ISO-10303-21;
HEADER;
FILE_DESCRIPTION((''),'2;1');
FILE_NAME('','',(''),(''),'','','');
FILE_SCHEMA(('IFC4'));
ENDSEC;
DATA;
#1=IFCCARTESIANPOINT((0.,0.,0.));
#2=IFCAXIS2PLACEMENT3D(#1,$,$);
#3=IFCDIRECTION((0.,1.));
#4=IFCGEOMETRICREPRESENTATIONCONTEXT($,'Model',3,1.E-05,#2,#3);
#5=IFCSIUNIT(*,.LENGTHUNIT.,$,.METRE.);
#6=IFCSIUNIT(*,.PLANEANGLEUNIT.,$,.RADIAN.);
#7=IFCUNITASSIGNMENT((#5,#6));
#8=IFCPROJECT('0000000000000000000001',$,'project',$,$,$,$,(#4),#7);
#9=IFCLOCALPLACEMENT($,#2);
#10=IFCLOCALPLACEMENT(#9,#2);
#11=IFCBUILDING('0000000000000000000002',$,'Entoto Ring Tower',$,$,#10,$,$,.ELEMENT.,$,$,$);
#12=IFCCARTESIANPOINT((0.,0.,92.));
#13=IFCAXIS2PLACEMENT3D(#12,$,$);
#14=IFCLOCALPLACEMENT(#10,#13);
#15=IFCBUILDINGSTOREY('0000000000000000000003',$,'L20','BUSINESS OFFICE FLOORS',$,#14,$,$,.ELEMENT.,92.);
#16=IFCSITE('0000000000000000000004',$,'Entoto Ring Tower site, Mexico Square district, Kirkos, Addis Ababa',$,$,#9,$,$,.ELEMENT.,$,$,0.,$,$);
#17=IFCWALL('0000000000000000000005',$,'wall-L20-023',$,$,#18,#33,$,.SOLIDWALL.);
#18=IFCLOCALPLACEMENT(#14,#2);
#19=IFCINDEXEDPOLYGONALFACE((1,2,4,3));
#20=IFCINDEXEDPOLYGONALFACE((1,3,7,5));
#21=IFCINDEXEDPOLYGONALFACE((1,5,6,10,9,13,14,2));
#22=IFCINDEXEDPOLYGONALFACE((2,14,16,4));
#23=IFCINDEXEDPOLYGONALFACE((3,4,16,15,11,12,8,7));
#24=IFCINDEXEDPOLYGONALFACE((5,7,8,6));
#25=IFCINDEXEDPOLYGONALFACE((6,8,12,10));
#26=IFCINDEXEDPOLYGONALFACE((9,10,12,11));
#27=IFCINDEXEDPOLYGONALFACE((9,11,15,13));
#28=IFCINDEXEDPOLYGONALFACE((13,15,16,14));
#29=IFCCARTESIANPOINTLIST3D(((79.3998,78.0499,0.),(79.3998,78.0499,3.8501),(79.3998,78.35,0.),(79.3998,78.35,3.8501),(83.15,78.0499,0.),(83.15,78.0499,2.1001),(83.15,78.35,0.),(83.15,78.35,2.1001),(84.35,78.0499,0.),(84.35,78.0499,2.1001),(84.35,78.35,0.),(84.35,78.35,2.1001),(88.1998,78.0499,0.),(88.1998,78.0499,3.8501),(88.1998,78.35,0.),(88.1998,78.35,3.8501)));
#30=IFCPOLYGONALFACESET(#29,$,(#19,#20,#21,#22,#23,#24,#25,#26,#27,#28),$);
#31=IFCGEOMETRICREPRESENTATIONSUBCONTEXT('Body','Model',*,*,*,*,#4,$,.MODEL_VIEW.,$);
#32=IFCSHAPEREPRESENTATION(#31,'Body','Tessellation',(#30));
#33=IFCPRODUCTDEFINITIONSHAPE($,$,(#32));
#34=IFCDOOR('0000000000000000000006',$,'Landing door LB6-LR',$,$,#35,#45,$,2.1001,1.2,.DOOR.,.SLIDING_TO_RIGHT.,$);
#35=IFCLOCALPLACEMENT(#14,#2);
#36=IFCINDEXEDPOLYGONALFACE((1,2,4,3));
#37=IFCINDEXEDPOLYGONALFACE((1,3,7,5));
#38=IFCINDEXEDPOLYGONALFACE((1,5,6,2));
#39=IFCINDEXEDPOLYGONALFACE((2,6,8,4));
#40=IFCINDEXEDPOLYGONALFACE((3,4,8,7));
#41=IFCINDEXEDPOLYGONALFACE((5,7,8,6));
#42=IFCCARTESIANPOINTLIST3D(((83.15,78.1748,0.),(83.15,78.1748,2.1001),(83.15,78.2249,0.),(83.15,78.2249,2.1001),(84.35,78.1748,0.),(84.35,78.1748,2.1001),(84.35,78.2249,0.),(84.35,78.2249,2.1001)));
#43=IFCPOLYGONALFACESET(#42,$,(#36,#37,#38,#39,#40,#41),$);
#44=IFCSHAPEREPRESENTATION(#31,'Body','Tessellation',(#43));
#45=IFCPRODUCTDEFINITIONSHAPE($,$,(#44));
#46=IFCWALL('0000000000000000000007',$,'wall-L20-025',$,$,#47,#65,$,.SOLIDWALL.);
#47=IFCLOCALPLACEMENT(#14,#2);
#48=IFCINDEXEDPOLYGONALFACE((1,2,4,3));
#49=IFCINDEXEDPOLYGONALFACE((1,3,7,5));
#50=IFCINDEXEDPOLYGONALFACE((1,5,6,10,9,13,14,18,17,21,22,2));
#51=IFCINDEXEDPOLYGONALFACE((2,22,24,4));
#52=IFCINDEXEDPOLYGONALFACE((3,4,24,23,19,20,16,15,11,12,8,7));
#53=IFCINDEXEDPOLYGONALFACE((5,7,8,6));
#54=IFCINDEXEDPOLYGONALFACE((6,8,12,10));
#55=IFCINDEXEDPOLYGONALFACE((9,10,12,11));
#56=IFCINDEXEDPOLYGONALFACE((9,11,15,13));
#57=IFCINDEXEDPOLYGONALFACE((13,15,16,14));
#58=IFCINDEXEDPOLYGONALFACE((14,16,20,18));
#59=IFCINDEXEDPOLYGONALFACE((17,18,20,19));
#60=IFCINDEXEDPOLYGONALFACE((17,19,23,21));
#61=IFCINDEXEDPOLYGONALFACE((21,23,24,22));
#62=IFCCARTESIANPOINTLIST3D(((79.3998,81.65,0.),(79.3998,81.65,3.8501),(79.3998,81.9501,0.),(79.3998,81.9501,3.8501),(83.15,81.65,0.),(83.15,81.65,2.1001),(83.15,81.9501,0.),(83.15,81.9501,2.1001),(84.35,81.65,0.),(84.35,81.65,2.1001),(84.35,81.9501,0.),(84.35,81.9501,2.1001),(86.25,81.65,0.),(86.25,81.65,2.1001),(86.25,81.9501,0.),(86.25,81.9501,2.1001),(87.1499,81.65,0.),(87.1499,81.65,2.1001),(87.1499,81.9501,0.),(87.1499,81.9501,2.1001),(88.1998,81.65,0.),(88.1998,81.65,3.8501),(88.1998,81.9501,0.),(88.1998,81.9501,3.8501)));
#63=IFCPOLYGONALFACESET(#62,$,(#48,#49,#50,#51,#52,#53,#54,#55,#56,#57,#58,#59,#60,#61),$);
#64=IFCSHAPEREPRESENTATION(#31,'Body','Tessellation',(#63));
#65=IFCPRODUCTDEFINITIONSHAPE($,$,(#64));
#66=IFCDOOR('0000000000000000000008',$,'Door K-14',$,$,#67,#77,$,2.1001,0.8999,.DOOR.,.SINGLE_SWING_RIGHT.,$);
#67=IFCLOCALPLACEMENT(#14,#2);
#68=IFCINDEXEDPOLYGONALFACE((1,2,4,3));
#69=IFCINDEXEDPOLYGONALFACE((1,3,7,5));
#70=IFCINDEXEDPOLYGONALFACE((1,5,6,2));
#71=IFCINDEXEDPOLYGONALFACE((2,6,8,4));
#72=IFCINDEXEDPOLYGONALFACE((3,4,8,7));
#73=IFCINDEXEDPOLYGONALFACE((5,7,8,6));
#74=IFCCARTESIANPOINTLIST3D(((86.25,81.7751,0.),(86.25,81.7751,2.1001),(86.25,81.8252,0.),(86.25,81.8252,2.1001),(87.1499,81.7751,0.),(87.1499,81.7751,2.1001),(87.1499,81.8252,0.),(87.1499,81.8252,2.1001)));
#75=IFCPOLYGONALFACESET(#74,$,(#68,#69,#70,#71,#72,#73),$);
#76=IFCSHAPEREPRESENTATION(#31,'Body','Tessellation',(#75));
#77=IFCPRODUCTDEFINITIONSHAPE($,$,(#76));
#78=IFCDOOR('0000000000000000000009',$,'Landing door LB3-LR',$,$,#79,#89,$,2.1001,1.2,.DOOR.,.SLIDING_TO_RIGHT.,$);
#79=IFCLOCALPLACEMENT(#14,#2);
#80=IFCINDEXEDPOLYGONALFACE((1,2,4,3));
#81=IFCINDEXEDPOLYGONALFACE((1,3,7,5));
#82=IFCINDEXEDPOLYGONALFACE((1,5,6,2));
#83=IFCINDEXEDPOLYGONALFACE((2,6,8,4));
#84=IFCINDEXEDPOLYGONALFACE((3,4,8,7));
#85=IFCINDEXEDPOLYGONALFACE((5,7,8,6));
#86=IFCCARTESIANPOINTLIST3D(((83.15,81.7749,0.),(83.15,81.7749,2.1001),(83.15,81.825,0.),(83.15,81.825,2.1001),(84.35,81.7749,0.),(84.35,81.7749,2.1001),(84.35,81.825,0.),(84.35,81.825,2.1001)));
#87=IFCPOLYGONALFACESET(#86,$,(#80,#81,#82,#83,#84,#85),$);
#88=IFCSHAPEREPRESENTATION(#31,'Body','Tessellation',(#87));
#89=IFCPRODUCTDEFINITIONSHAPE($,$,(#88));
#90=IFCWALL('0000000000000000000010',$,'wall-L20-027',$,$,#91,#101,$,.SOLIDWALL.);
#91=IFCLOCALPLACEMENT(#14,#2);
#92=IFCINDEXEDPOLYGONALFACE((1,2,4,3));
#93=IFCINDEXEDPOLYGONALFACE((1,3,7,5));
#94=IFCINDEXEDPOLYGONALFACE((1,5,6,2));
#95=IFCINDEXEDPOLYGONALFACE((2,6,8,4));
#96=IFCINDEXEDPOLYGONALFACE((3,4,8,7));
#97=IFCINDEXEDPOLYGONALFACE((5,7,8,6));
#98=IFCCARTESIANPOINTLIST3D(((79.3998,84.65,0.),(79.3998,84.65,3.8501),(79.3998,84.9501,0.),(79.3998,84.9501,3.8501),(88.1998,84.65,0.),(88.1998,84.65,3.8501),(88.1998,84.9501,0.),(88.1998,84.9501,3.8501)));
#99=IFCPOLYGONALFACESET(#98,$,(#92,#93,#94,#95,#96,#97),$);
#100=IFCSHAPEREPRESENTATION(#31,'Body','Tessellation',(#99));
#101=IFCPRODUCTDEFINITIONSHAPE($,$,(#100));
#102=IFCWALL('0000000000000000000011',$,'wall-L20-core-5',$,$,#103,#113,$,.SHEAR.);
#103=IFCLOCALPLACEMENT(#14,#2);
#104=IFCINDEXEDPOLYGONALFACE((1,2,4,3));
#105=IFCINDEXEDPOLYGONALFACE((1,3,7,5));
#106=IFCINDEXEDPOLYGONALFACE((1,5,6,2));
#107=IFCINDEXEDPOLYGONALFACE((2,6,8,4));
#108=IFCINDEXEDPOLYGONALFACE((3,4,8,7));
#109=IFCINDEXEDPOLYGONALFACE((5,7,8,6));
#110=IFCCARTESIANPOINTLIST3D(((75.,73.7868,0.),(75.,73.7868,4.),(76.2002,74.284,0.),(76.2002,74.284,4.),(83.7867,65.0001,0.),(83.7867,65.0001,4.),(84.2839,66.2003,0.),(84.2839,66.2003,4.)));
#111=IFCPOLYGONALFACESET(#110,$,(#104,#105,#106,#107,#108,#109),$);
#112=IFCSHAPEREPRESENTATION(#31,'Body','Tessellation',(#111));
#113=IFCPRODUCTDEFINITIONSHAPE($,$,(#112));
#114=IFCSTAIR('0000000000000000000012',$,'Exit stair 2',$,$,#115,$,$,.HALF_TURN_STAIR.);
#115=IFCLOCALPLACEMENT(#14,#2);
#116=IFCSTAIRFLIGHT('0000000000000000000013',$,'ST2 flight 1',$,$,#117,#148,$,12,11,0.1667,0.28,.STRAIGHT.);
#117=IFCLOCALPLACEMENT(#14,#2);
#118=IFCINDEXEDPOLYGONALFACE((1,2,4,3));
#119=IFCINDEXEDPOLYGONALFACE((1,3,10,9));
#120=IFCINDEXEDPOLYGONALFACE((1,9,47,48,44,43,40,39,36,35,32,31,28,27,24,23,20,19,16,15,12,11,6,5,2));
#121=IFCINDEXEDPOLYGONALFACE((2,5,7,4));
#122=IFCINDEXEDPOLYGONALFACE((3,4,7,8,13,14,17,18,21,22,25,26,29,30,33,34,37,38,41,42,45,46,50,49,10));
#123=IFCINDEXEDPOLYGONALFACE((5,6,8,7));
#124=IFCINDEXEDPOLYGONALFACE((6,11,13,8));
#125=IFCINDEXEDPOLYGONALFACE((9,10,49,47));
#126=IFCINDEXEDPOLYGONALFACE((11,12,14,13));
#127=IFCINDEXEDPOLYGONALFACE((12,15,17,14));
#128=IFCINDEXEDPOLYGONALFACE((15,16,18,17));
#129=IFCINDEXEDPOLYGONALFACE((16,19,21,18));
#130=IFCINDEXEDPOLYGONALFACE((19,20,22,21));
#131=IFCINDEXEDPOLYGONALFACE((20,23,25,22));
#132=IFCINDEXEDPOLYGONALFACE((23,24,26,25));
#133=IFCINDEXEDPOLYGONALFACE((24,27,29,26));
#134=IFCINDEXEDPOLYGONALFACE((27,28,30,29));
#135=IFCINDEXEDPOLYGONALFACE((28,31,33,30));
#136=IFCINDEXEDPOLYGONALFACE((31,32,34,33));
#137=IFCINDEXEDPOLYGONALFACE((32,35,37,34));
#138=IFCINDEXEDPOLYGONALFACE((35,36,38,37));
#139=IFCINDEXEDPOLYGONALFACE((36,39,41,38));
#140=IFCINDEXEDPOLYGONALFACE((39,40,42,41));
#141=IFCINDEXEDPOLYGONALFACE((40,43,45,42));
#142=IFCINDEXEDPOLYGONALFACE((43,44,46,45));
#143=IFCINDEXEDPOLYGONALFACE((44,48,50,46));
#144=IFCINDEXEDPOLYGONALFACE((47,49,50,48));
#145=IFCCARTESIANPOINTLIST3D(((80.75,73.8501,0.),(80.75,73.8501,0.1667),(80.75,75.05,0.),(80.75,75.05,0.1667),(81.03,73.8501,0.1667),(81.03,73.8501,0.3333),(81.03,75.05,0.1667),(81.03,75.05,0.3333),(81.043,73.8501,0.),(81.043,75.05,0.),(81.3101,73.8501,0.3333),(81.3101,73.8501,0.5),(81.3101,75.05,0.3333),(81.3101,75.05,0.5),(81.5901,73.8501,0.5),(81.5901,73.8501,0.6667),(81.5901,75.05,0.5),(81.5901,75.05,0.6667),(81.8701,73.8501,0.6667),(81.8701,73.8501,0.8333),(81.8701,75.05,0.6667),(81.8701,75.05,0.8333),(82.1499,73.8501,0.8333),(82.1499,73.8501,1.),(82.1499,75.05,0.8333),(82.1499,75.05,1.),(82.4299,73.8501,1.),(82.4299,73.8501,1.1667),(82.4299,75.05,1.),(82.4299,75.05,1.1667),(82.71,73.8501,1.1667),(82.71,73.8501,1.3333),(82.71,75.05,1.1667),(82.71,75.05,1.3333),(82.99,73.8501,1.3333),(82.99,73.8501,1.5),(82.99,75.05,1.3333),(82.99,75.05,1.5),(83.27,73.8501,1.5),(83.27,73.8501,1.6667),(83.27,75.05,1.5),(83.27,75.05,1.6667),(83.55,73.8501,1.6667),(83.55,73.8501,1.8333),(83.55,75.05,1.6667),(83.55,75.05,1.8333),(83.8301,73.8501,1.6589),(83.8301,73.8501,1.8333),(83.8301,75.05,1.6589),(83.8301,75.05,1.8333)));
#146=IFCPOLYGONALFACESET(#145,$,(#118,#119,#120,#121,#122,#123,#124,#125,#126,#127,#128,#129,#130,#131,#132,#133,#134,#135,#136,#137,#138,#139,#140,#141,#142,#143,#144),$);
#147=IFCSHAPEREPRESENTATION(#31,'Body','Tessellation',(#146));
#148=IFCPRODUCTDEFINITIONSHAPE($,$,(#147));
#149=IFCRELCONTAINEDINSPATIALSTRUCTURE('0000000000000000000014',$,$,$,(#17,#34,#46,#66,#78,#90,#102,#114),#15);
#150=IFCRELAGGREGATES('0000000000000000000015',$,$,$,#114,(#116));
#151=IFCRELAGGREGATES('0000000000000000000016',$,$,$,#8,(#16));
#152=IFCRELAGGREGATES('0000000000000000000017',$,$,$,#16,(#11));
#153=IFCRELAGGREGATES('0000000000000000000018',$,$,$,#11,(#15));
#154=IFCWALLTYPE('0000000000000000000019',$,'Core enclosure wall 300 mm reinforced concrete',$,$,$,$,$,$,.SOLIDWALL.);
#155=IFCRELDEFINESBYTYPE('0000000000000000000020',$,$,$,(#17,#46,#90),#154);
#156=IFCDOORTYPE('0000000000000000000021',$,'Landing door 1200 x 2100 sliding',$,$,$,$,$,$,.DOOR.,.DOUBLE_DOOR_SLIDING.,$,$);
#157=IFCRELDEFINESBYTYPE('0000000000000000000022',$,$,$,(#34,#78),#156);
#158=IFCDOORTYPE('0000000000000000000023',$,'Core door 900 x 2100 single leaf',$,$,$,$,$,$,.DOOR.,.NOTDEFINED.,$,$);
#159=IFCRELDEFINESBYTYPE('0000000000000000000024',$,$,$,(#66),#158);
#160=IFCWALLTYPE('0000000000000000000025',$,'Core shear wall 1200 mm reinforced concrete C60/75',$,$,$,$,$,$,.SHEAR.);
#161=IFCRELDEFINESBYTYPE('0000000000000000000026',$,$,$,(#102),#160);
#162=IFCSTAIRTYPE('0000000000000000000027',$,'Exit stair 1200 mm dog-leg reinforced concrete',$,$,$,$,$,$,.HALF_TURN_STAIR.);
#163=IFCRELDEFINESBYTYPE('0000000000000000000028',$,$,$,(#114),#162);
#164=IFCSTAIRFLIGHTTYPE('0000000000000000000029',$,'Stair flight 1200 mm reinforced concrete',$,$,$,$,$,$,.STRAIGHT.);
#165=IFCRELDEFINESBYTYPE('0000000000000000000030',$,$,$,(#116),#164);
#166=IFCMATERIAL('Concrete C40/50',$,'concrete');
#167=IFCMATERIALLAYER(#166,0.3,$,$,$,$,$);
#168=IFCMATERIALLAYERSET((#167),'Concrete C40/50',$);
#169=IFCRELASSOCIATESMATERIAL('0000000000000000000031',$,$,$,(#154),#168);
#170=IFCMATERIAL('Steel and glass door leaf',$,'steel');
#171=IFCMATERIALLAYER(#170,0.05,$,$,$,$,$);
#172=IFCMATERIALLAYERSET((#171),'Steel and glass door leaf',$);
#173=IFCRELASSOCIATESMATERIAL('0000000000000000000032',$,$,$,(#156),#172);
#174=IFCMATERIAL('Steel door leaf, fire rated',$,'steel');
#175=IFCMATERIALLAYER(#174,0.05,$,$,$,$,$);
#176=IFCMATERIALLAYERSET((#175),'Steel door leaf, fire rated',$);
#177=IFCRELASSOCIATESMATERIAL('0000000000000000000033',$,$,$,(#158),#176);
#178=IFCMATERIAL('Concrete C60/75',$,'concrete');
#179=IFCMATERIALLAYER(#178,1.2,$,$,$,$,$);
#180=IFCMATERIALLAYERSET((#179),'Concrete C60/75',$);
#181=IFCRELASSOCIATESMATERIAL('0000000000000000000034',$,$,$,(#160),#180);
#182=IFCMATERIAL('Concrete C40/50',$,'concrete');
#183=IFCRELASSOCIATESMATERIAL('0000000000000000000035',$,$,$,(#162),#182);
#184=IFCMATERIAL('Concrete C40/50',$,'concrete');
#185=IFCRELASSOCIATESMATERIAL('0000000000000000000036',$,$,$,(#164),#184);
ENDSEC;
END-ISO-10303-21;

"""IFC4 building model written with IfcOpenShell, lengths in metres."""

from ifc_helpers import new_model, si_unit, direction, frame, frame_2d, origin, place, context, subcontext, project, spatial, polyline, rectangle, outline, extrude, material, layer, layer_set, type_object, element, fill, aggregate, save


model = new_model("IFC4")

# Units and contexts
model_context = context("Model", 3, precision=1e-05, world=origin(), true_north=direction((0.0, 1.0)))
body_context = subcontext(model_context, "Body", "Model", "MODEL_VIEW")
ifc_project = project(units=[si_unit("LENGTHUNIT", "METRE"), si_unit("PLANEANGLEUNIT", "RADIAN")], contexts=[model_context])

# Site, building, storey
site_placement = place(None, origin())
site = spatial("IfcSite", under=ifc_project, at=site_placement, Name="Entoto Ring Tower site, Mexico Square district, Kirkos, Addis Ababa", CompositionType="ELEMENT", RefElevation=0.0)
building_placement = place(site_placement, origin())
building = spatial("IfcBuilding", under=site, at=building_placement, Name="Entoto Ring Tower", CompositionType="ELEMENT")
storey_placement = place(building_placement, frame((0.0, 0.0, 92.0)))
storey = spatial("IfcBuildingStorey", under=building, at=storey_placement, Name="L20", Description="BUSINESS OFFICE FLOORS", CompositionType="ELEMENT", Elevation=92.0)

# Shared definitions
ifc_material_1 = material(Name="Concrete C40/50", Category="concrete")
ifc_layer_1 = layer(ifc_material_1, 0.3)
ifc_layer_set_1 = layer_set([ifc_layer_1], Name="Concrete C40/50")
wall_type_1 = type_object("IfcWallType", Name="Core enclosure wall 300 mm reinforced concrete", PredefinedType="SOLIDWALL", material=ifc_layer_set_1)

# Wall, opening, door
wall_1_placement = place(storey_placement, frame((79.3999, 78.2, 0.0), z_axis=(0.0, 0.0, 1.0), x_axis=(1.0, 0.0, 0.0)))
wall_1 = element("IfcWall", 1, at=wall_1_placement, inside=storey, type_object=wall_type_1, Name="wall-L20-023", PredefinedType="SOLIDWALL", context=body_context, shape_type="SweptSolid", body=[
    extrude(rectangle(XDim=8.8, YDim=0.3, at=frame_2d((4.3999, 0.0))), origin(), (0.0, 0.0, 1.0), 3.8501),
])
opening_1_placement = place(wall_1_placement, frame((3.75, 0.0, 0.0)))
opening_1 = element("IfcOpeningElement", 2, at=opening_1_placement, cuts=wall_1, PredefinedType="OPENING", context=body_context, shape_type="SweptSolid", body=[
    extrude(rectangle(XDim=1.2, YDim=2.1001, at=frame_2d((0.6001, 1.05))), frame((0.0, 0.1602, 0.0), z_axis=(0.0, -1.0, 0.0), x_axis=(1.0, 0.0, 0.0)), (0.0, 0.0, 1.0), 0.3201),
])
ifc_material_2 = material(Name="Steel and glass door leaf", Category="steel")
ifc_layer_2 = layer(ifc_material_2, 0.05)
ifc_layer_set_2 = layer_set([ifc_layer_2], Name="Steel and glass door leaf")
door_type_1 = type_object("IfcDoorType", Name="Landing door 1200 x 2100 sliding", OperationType="DOUBLE_DOOR_SLIDING", PredefinedType="DOOR", material=ifc_layer_set_2)
door_1_placement = place(opening_1_placement, origin())
door_1 = element("IfcDoor", 3, at=door_1_placement, inside=storey, type_object=door_type_1, Name="Landing door LB6-LR", OperationType="SLIDING_TO_RIGHT", OverallHeight=2.1001, OverallWidth=1.2, PredefinedType="DOOR", context=body_context, shape_type="SweptSolid", body=[
    extrude(rectangle(XDim=1.2, YDim=2.1001, at=frame_2d((0.6001, 1.05))), frame((0.0, 0.0249, 0.0), z_axis=(0.0, -1.0, 0.0), x_axis=(1.0, 0.0, 0.0)), (0.0, 0.0, 1.0), 0.05),
])
fill(opening_1, door_1)

# Wall, openings, doors
wall_2_placement = place(storey_placement, frame((79.3999, 81.8, 0.0), z_axis=(0.0, 0.0, 1.0), x_axis=(1.0, 0.0, 0.0)))
wall_2 = element("IfcWall", 4, at=wall_2_placement, inside=storey, type_object=wall_type_1, Name="wall-L20-025", PredefinedType="SOLIDWALL", context=body_context, shape_type="SweptSolid", body=[
    extrude(rectangle(XDim=8.8, YDim=0.3, at=frame_2d((4.3999, 0.0))), origin(), (0.0, 0.0, 1.0), 3.8501),
])
opening_2_placement = place(wall_2_placement, frame((3.75, 0.0, 0.0)))
opening_2 = element("IfcOpeningElement", 5, at=opening_2_placement, cuts=wall_2, PredefinedType="OPENING", context=body_context, shape_type="SweptSolid", body=[
    extrude(rectangle(XDim=1.2, YDim=2.1001, at=frame_2d((0.6001, 1.05))), frame((0.0, 0.1602, 0.0), z_axis=(0.0, -1.0, 0.0), x_axis=(1.0, 0.0, 0.0)), (0.0, 0.0, 1.0), 0.3201),
])
opening_3_placement = place(wall_2_placement, frame((6.8501, 0.0, 0.0)))
opening_3 = element("IfcOpeningElement", 6, at=opening_3_placement, cuts=wall_2, PredefinedType="OPENING", context=body_context, shape_type="SweptSolid", body=[
    extrude(rectangle(XDim=0.8999, YDim=2.1001, at=frame_2d((0.45, 1.05))), frame((0.0, 0.1602, 0.0), z_axis=(0.0, -1.0, 0.0), x_axis=(1.0, 0.0, 0.0)), (0.0, 0.0, 1.0), 0.3201),
])
ifc_material_3 = material(Name="Steel door leaf, fire rated", Category="steel")
ifc_layer_3 = layer(ifc_material_3, 0.05)
ifc_layer_set_3 = layer_set([ifc_layer_3], Name="Steel door leaf, fire rated")
door_type_2 = type_object("IfcDoorType", Name="Core door 900 x 2100 single leaf", OperationType="NOTDEFINED", PredefinedType="DOOR", material=ifc_layer_set_3)
door_2_placement = place(opening_3_placement, frame((0.8999, 0.0, 0.0), z_axis=(0.0, 0.0, 1.0), x_axis=(-1.0, 0.0, 0.0)))
door_2 = element("IfcDoor", 7, at=door_2_placement, inside=storey, type_object=door_type_2, Name="Door K-14", OperationType="SINGLE_SWING_RIGHT", OverallHeight=2.1001, OverallWidth=0.8999, PredefinedType="DOOR", context=body_context, shape_type="SweptSolid", body=[
    extrude(rectangle(XDim=0.8999, YDim=2.1001, at=frame_2d((0.45, 1.05))), frame((0.0, 0.0249, 0.0), z_axis=(0.0, -1.0, 0.0), x_axis=(1.0, 0.0, 0.0)), (0.0, 0.0, 1.0), 0.05),
])
fill(opening_3, door_2)
door_3_placement = place(opening_2_placement, origin())
door_3 = element("IfcDoor", 8, at=door_3_placement, inside=storey, type_object=door_type_1, Name="Landing door LB3-LR", OperationType="SLIDING_TO_RIGHT", OverallHeight=2.1001, OverallWidth=1.2, PredefinedType="DOOR", context=body_context, shape_type="SweptSolid", body=[
    extrude(rectangle(XDim=1.2, YDim=2.1001, at=frame_2d((0.6001, 1.05))), frame((0.0, 0.0249, 0.0), z_axis=(0.0, -1.0, 0.0), x_axis=(1.0, 0.0, 0.0)), (0.0, 0.0, 1.0), 0.05),
])
fill(opening_2, door_3)

# Walls
wall_3_placement = place(storey_placement, frame((79.3999, 84.8, 0.0), z_axis=(0.0, 0.0, 1.0), x_axis=(1.0, 0.0, 0.0)))
element("IfcWall", 9, at=wall_3_placement, inside=storey, type_object=wall_type_1, Name="wall-L20-027", PredefinedType="SOLIDWALL", context=body_context, shape_type="SweptSolid", body=[
    extrude(rectangle(XDim=8.8, YDim=0.3, at=frame_2d((4.3999, 0.0))), origin(), (0.0, 0.0, 1.0), 3.8501),
])
ifc_material_4 = material(Name="Concrete C60/75", Category="concrete")
ifc_layer_4 = layer(ifc_material_4, 1.2)
ifc_layer_set_4 = layer_set([ifc_layer_4], Name="Concrete C60/75")
wall_type_2 = type_object("IfcWallType", Name="Core shear wall 1200 mm reinforced concrete C60/75", PredefinedType="SHEAR", material=ifc_layer_set_4)
wall_4_placement = place(storey_placement, frame((75.6001, 74.0354, 0.0), z_axis=(0.0, 0.0, 1.0), x_axis=(0.707107, -0.707107, 0.0)))
element("IfcWall", 10, at=wall_4_placement, inside=storey, type_object=wall_type_2, Name="wall-L20-core-5", PredefinedType="SHEAR", context=body_context, shape_type="SweptSolid", body=[
    extrude(outline(polyline([(-0.2485, -0.6001), (12.1777, -0.6001), (11.6807, 0.6001), (0.2485, 0.6001), (-0.2485, -0.6001)])), origin(), (0.0, 0.0, 1.0), 4.0),
])

# Stair, stair flight
ifc_material_5 = material(Name="Concrete C40/50", Category="concrete")
stair_type = type_object("IfcStairType", Name="Exit stair 1200 mm dog-leg reinforced concrete", PredefinedType="HALF_TURN_STAIR", material=ifc_material_5)
stair_placement = place(storey_placement, origin())
stair = element("IfcStair", 11, at=stair_placement, inside=storey, type_object=stair_type, Name="Exit stair 2", PredefinedType="HALF_TURN_STAIR")
ifc_material_6 = material(Name="Concrete C40/50", Category="concrete")
stair_flight_type = type_object("IfcStairFlightType", Name="Stair flight 1200 mm reinforced concrete", PredefinedType="STRAIGHT", material=ifc_material_6)
stair_flight_1_placement = place(storey_placement, frame((80.75, 74.45, 0.0), z_axis=(0.0, 0.0, 1.0), x_axis=(1.0, 0.0, 0.0)))
stair_flight_1 = element("IfcStairFlight", 12, at=stair_flight_1_placement, type_object=stair_flight_type, Name="ST2 flight 1", NumberOfRisers=12, NumberOfTreads=11, PredefinedType="STRAIGHT", RiserHeight=0.1667, TreadLength=0.28, context=body_context, shape_type="SweptSolid", body=[
    extrude(outline(polyline([(0.0, 0.0), (0.0, 0.1667), (0.28, 0.1667), (0.28, 0.3333), (0.5601, 0.3333), (0.5601, 0.5), (0.8401, 0.5), (0.8401, 0.6667), (1.1201, 0.6667), (1.1201, 0.8333), (1.3999, 0.8333), (1.3999, 1.0), (1.6799, 1.0), (1.6799, 1.1667), (1.96, 1.1667), (1.96, 1.3333), (2.24, 1.3333), (2.24, 1.5), (2.52, 1.5), (2.52, 1.6667), (2.8, 1.6667), (2.8, 1.8333), (3.0801, 1.8333), (3.0801, 2.0), (3.0801, 1.6589), (0.293, 0.0), (0.0, 0.0)])), frame((0.0, 0.6001, 0.0), z_axis=(0.0, -1.0, 0.0), x_axis=(1.0, 0.0, 0.0)), (0.0, 0.0, 1.0), 1.2),
])
aggregate(stair, [stair_flight_1])

save(model, "model.ifc")
